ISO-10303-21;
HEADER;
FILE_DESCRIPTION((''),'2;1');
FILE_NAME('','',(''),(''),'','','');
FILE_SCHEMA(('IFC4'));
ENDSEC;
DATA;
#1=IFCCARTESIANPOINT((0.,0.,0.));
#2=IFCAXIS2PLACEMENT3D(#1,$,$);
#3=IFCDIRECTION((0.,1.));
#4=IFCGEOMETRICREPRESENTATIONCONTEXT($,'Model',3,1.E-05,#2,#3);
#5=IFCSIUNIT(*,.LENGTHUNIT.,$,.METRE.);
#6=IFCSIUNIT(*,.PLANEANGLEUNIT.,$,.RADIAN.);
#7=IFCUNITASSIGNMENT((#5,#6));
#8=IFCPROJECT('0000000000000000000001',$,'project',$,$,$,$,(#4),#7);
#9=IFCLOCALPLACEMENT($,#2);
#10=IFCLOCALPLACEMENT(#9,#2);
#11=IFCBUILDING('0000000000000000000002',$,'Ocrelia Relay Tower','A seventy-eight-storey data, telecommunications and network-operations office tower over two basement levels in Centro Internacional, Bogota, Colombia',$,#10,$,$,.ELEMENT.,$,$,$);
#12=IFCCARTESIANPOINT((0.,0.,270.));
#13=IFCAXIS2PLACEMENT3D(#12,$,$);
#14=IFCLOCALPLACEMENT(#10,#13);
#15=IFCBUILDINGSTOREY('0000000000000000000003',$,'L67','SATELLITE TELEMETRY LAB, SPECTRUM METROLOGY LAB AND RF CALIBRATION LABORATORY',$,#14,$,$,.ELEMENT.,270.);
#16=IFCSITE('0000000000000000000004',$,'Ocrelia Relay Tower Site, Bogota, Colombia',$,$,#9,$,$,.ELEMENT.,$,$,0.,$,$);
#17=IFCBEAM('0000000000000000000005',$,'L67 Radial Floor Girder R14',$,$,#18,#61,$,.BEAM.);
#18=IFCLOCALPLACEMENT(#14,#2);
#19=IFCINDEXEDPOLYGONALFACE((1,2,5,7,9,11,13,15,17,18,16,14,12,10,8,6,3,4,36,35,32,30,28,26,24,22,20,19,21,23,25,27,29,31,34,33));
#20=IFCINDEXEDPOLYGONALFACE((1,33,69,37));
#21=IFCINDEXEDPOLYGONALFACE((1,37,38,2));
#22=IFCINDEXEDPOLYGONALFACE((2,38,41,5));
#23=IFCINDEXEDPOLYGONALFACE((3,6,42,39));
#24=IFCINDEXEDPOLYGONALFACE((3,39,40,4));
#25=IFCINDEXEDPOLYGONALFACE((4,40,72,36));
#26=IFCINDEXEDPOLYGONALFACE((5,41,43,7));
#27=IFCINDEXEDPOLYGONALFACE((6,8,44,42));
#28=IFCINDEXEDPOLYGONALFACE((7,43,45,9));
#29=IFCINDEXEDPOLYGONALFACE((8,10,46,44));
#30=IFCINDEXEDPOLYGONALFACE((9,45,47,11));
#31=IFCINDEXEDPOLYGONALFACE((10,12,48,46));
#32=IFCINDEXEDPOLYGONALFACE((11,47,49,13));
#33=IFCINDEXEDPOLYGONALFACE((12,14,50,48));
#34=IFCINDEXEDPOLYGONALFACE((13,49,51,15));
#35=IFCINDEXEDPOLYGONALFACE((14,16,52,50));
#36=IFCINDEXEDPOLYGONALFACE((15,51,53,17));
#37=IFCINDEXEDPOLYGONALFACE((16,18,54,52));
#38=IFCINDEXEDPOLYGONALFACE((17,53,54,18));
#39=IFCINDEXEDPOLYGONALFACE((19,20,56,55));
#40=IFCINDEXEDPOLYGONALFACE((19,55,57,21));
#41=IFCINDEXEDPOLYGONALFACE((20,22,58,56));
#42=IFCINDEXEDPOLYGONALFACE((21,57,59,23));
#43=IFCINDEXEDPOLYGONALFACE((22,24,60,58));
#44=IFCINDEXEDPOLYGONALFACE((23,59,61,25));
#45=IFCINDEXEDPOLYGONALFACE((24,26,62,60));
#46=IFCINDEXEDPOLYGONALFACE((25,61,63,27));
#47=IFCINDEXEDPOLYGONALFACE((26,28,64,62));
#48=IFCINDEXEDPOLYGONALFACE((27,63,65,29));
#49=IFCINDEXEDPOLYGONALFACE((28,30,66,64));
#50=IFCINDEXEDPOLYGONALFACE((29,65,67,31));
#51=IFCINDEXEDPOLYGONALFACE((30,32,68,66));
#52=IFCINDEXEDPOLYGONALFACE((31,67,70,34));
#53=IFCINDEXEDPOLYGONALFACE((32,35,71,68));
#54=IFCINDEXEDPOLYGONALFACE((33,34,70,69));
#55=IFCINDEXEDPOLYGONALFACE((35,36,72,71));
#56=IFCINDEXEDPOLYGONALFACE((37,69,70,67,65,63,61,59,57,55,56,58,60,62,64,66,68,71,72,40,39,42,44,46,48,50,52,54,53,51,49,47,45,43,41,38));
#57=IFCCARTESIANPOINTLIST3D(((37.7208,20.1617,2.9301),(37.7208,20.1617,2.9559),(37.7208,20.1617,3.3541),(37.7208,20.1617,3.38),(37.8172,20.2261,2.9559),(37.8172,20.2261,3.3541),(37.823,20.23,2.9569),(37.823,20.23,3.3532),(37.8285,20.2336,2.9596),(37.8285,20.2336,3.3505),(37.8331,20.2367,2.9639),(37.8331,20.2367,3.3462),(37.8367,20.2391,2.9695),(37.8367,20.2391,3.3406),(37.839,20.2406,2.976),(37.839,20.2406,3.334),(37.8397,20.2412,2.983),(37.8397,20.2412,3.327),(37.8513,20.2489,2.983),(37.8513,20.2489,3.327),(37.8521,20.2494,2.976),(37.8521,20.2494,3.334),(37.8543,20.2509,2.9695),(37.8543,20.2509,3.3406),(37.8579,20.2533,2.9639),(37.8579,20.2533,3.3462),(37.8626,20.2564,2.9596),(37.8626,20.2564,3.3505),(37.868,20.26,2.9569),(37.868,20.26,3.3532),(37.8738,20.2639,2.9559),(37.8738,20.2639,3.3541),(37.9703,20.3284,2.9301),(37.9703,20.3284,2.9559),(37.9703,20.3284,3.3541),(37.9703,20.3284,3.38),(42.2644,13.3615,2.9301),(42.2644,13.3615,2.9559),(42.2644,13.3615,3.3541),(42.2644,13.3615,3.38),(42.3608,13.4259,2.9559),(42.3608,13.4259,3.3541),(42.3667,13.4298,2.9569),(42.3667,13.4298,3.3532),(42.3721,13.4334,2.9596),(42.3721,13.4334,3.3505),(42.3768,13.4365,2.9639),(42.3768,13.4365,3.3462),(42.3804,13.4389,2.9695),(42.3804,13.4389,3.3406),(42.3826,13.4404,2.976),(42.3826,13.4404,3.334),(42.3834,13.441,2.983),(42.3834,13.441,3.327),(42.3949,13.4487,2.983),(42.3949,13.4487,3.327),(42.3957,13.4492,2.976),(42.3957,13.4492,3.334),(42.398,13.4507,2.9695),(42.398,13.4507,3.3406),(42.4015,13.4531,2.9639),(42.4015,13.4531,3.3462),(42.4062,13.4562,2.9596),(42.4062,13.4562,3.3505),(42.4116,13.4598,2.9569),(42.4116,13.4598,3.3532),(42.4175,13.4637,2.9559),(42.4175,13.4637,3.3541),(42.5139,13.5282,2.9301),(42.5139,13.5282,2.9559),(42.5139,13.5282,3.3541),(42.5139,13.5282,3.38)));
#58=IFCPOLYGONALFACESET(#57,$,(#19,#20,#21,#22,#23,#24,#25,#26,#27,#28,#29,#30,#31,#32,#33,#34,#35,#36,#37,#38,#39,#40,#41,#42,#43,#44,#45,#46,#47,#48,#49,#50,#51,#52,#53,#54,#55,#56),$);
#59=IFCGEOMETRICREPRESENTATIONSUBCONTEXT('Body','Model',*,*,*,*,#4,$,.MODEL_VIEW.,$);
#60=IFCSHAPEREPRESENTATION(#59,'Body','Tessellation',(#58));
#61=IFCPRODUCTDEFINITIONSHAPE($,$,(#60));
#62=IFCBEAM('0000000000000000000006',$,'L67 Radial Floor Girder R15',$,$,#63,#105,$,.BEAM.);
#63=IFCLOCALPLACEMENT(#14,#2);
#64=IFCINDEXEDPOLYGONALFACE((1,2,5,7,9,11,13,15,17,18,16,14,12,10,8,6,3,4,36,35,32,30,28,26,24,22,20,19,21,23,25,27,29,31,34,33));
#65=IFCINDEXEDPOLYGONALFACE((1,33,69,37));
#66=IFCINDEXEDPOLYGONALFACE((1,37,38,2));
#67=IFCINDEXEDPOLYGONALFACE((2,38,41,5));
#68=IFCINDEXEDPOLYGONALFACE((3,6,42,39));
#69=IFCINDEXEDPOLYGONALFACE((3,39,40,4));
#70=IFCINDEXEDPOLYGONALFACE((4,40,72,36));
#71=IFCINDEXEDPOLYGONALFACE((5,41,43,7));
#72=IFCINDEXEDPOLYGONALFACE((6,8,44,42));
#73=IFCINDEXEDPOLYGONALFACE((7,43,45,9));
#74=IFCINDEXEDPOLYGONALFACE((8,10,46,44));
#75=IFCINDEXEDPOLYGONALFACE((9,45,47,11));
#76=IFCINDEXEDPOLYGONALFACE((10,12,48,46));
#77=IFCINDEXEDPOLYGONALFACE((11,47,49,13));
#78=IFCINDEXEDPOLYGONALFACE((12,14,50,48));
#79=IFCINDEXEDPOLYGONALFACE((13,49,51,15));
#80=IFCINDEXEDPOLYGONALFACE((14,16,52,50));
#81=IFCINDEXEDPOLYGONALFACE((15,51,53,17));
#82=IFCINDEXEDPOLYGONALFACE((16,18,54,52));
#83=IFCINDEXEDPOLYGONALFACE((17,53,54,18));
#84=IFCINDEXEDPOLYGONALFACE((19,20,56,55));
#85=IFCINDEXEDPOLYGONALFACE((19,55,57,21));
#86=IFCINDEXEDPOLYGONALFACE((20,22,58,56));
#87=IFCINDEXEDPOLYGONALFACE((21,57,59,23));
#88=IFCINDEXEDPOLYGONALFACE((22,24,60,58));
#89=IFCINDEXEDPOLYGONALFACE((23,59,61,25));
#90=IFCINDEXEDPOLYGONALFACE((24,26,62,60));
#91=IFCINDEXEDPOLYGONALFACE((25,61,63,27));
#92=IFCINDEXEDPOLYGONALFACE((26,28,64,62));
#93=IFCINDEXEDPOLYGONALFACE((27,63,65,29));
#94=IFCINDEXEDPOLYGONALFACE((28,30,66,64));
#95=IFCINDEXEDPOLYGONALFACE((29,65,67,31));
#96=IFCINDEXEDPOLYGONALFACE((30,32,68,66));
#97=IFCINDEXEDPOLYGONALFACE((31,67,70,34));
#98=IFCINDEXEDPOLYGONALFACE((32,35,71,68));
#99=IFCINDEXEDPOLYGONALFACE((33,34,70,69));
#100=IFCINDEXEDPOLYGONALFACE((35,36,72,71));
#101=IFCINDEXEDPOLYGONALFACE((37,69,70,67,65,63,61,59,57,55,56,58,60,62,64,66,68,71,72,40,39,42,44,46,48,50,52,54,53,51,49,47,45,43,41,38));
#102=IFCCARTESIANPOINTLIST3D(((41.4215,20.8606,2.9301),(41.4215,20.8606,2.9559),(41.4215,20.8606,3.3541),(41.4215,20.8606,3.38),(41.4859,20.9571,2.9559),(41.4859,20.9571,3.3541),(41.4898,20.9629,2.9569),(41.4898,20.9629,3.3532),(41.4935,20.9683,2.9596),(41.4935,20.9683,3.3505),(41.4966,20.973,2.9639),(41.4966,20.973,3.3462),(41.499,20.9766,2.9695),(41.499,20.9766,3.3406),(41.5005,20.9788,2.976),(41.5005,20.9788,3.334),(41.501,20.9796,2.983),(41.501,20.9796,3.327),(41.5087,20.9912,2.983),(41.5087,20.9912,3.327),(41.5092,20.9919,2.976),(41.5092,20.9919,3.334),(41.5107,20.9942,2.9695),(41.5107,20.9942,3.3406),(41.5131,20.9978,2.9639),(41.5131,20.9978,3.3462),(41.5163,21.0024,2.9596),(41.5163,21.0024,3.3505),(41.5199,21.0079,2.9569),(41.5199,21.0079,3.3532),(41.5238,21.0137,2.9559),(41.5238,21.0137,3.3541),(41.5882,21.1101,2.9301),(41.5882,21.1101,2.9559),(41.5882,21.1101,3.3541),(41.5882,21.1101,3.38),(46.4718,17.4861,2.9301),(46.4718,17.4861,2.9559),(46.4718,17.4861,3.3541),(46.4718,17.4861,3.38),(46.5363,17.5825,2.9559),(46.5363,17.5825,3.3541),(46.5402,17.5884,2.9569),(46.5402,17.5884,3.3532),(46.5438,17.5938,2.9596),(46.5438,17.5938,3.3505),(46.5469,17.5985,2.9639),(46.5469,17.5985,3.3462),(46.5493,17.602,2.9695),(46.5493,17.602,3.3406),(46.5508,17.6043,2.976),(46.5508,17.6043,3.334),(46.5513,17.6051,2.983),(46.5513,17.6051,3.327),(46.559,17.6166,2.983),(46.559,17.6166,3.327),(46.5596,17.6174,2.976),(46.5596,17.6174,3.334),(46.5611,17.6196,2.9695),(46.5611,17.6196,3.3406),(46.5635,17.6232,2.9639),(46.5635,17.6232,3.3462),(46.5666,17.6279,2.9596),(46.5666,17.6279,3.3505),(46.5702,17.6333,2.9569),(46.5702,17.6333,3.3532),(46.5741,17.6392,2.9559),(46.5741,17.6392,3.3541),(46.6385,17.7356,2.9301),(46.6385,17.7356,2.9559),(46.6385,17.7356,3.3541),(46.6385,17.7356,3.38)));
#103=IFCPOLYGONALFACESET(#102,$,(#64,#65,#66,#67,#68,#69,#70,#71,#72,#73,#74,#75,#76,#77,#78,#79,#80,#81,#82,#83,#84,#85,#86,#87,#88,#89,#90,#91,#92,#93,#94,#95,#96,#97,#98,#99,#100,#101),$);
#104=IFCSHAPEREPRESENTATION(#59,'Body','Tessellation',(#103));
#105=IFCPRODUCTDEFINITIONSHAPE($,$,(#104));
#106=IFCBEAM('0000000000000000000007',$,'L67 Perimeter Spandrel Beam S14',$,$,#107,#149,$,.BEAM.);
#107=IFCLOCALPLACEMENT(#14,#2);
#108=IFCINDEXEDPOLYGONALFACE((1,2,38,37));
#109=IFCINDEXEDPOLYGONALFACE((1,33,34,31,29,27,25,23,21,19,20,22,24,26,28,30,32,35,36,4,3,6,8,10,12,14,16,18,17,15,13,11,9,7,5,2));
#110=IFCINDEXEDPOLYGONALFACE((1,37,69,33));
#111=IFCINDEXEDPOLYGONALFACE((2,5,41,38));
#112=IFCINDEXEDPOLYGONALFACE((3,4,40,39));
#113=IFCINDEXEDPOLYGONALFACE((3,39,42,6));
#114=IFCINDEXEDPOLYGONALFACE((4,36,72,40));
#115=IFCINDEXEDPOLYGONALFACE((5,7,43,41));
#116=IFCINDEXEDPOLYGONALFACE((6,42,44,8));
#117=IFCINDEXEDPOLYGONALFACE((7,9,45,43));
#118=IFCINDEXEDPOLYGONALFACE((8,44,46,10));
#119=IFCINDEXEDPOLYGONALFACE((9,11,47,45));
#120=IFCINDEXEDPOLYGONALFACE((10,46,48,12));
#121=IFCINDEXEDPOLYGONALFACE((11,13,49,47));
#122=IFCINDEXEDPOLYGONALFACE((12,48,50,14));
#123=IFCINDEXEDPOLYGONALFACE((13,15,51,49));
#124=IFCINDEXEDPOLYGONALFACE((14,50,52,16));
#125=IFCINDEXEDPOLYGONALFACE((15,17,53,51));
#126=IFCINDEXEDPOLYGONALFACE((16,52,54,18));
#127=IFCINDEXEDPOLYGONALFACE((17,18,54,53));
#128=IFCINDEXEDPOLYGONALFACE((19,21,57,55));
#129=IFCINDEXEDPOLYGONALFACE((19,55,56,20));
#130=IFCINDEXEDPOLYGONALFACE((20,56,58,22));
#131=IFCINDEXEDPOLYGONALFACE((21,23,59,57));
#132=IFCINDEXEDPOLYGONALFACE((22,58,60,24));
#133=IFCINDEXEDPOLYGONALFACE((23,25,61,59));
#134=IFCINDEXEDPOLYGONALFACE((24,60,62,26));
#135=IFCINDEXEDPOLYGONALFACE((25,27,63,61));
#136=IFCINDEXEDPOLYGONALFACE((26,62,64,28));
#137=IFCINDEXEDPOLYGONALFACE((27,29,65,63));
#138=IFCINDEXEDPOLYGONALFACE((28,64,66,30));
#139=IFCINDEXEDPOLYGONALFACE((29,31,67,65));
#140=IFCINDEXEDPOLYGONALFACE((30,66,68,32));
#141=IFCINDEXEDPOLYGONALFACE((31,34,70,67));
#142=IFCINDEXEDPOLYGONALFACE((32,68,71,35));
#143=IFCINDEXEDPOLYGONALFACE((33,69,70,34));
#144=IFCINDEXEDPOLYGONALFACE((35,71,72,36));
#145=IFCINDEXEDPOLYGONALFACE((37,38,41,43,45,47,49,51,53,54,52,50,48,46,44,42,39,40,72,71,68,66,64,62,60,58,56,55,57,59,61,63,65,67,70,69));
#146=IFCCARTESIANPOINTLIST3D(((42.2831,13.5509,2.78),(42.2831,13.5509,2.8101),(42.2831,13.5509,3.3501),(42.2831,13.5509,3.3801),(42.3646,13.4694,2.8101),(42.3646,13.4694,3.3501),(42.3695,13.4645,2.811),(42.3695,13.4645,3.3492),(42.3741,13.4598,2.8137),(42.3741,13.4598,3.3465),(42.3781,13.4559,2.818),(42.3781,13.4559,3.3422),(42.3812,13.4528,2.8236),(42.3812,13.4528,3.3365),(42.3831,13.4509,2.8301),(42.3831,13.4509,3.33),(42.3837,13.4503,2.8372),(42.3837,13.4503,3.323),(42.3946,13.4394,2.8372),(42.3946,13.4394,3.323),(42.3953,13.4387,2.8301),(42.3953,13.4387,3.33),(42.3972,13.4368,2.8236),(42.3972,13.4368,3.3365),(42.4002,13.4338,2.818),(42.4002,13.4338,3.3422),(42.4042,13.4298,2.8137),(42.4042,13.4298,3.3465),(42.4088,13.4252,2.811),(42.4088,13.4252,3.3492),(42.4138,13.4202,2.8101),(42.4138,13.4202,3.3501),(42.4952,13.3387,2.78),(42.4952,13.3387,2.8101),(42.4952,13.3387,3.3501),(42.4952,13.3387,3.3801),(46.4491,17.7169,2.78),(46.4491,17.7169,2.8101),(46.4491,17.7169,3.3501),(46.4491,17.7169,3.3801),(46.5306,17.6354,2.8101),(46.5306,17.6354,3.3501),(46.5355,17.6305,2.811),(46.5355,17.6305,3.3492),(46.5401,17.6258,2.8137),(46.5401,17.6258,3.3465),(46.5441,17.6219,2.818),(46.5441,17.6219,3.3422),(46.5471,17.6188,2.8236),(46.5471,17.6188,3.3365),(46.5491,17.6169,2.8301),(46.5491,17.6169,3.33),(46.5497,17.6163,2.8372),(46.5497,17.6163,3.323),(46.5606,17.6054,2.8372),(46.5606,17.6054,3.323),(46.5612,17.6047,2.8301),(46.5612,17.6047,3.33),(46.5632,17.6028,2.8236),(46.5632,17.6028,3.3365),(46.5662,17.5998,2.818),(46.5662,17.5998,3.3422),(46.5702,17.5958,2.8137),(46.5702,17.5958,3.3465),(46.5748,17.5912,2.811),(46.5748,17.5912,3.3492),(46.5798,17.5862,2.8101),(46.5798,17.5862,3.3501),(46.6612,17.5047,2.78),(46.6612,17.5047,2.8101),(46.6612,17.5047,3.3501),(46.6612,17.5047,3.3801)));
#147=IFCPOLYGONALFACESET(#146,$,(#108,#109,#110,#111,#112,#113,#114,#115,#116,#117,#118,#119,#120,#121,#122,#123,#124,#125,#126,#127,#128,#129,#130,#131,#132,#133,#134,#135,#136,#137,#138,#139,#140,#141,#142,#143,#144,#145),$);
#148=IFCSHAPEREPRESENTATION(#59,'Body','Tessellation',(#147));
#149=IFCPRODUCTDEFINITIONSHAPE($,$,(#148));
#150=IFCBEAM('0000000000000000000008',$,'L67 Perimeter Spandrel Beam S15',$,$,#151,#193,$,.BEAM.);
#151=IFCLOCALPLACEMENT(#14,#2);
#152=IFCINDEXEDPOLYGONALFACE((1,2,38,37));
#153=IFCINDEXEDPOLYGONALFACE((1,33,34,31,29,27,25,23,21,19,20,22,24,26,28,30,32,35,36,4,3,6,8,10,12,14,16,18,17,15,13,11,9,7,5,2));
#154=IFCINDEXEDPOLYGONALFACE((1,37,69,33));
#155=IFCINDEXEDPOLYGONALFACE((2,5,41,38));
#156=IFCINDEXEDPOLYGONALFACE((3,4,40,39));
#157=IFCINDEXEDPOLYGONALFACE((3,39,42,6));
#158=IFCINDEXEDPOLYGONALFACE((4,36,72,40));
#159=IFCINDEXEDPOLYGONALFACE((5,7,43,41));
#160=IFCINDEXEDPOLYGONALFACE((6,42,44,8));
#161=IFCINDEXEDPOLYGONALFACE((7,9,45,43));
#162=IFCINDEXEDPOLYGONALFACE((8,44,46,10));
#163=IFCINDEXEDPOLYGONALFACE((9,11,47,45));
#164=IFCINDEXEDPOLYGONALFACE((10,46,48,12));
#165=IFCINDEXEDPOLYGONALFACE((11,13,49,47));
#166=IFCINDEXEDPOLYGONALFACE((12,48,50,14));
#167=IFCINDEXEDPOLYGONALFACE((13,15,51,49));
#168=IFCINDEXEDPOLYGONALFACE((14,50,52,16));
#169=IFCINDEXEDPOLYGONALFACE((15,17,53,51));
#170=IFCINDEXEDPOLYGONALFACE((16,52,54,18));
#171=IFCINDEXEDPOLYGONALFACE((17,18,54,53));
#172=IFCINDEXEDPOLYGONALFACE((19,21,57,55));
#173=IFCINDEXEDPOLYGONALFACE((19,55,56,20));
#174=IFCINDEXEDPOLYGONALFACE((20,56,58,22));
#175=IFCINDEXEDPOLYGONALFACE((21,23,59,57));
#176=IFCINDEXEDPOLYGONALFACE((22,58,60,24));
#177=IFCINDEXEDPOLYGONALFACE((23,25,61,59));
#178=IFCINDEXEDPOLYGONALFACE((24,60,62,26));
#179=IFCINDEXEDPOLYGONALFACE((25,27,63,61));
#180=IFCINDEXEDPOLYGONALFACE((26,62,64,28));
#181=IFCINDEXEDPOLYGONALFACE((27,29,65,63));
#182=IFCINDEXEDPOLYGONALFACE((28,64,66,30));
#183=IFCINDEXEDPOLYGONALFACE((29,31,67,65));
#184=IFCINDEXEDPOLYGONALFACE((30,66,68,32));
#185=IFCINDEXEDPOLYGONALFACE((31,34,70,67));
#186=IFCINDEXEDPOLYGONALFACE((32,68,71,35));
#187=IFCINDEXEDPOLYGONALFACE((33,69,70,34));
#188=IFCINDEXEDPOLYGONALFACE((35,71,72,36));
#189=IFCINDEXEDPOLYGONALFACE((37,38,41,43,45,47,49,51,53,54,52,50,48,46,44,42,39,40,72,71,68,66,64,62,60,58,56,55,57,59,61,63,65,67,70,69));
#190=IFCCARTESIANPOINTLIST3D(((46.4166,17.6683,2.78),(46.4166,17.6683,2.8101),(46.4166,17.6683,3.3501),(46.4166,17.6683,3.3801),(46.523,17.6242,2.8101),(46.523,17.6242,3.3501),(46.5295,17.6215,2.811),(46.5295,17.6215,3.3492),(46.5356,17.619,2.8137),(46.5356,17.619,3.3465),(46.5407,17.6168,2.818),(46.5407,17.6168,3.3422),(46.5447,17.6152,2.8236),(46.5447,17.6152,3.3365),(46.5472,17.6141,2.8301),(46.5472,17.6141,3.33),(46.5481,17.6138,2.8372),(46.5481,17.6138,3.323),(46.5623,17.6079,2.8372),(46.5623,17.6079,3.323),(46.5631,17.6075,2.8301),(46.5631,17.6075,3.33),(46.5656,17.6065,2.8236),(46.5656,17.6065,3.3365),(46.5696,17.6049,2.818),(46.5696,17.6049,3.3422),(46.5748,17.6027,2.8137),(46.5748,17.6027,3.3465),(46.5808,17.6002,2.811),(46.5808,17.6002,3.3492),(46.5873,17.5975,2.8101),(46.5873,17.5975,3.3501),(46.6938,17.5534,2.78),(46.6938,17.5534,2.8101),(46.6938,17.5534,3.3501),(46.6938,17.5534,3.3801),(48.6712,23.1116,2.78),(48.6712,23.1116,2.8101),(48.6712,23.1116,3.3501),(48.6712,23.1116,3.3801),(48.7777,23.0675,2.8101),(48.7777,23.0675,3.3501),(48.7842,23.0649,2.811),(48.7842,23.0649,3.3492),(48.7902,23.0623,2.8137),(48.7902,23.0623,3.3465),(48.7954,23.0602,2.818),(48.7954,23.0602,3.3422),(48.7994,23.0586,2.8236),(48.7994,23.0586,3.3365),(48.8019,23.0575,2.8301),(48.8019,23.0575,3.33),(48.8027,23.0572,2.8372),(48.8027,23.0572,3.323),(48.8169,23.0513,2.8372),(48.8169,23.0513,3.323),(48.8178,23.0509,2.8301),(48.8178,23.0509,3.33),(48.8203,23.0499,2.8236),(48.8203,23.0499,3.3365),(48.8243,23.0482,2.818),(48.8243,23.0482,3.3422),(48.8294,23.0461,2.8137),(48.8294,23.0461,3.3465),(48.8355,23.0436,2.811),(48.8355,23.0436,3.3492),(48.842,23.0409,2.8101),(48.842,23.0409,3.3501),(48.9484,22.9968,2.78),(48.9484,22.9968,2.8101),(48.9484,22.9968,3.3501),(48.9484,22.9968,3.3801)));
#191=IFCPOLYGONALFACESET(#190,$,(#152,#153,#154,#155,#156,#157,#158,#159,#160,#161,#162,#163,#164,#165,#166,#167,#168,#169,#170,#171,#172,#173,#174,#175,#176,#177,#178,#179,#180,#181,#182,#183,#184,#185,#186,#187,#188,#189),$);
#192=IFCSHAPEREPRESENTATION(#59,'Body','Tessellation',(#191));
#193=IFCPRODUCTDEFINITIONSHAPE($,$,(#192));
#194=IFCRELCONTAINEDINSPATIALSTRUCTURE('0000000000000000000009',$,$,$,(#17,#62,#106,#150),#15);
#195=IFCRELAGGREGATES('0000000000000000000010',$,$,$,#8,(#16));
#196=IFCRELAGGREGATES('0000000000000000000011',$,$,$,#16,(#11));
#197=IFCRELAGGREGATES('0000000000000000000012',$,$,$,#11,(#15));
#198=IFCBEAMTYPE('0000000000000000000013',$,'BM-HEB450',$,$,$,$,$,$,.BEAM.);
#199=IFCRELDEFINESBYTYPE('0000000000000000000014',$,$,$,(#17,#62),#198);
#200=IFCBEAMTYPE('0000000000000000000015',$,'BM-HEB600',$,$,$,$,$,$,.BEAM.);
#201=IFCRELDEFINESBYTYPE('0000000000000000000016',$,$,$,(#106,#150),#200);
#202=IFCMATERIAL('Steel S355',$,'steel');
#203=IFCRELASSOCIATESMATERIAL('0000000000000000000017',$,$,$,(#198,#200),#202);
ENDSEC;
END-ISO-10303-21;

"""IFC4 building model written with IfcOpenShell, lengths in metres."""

from ifc_helpers import new_model, si_unit, direction, frame, origin, origin_2d, place, context, subcontext, project, spatial, i_section, extrude, material, material_profile, profile_set, type_object, element, save


model = new_model("IFC4")

# Units and contexts
model_context = context("Model", 3, precision=1e-05, world=origin(), true_north=direction((0.0, 1.0)))
body_context = subcontext(model_context, "Body", "Model", "MODEL_VIEW")
ifc_project = project(units=[si_unit("LENGTHUNIT", "METRE"), si_unit("PLANEANGLEUNIT", "RADIAN")], contexts=[model_context])

# Site, building, storey
site_placement = place(None, origin())
site = spatial("IfcSite", under=ifc_project, at=site_placement, Name="Ocrelia Relay Tower Site, Bogota, Colombia", CompositionType="ELEMENT", RefElevation=0.0)
building_placement = place(site_placement, origin())
building = spatial("IfcBuilding", under=site, at=building_placement, Name="Ocrelia Relay Tower", Description="A seventy-eight-storey data, telecommunications and network-operations office tower over two basement levels in Centro Internacional, Bogota, Colombia", CompositionType="ELEMENT")
storey_placement = place(building_placement, frame((0.0, 0.0, 270.0)))
storey = spatial("IfcBuildingStorey", under=building, at=storey_placement, Name="L67", Description="SATELLITE TELEMETRY LAB, SPECTRUM METROLOGY LAB AND RF CALIBRATION LABORATORY", CompositionType="ELEMENT", Elevation=270.0)

# Beams
ifc_material_1 = material(Name="Steel S355", Category="steel")
ifc_material_profile_1 = material_profile(ifc_material_1, i_section(OverallWidth=0.3, OverallDepth=0.45, WebThickness=0.0139, FlangeThickness=0.0259, FilletRadius=0.0271, at=origin_2d()), Name="HEB 450")
ifc_profile_set_1 = profile_set([ifc_material_profile_1], Name="Steel S355")
beam_type_1 = type_object("IfcBeamType", Name="BM-HEB450", PredefinedType="BEAM", material=ifc_profile_set_1)
beam_1_placement = place(storey_placement, frame((42.3892, 13.4448, 3.155), z_axis=(-0.555561, 0.831476, 0.0), x_axis=(-0.831476, -0.555561, 0.0)))
element("IfcBeam", 1, at=beam_1_placement, inside=storey, type_object=beam_type_1, Name="L67 Radial Floor Girder R14", PredefinedType="BEAM", context=body_context, shape_type="SweptSolid", body=[
    extrude(i_section(OverallWidth=0.3, OverallDepth=0.45, WebThickness=0.0139, FlangeThickness=0.0259, FilletRadius=0.0271, at=origin_2d()), origin(), (0.0, 0.0, 1.0), 8.1785),
])
beam_2_placement = place(storey_placement, frame((46.5552, 17.6108, 3.155), z_axis=(-0.831469, 0.555572, 0.0), x_axis=(-0.555572, -0.831469, 0.0)))
element("IfcBeam", 2, at=beam_2_placement, inside=storey, type_object=beam_type_1, Name="L67 Radial Floor Girder R15", PredefinedType="BEAM", context=body_context, shape_type="SweptSolid", body=[
    extrude(i_section(OverallWidth=0.3, OverallDepth=0.45, WebThickness=0.0139, FlangeThickness=0.0259, FilletRadius=0.0271, at=origin_2d()), origin(), (0.0, 0.0, 1.0), 6.074),
])
ifc_material_profile_2 = material_profile(ifc_material_1, i_section(OverallWidth=0.3, OverallDepth=0.6001, WebThickness=0.0154, FlangeThickness=0.03, FilletRadius=0.0271, at=origin_2d()), Name="HEB 600")
ifc_profile_set_2 = profile_set([ifc_material_profile_2], Name="Steel S355")
beam_type_2 = type_object("IfcBeamType", Name="BM-HEB600", PredefinedType="BEAM", material=ifc_profile_set_2)
beam_3_placement = place(storey_placement, frame((42.3892, 13.4448, 3.0801), z_axis=(0.707107, 0.707107, 0.0), x_axis=(-0.707107, 0.707107, 0.0)))
element("IfcBeam", 3, at=beam_3_placement, inside=storey, type_object=beam_type_2, Name="L67 Perimeter Spandrel Beam S14", PredefinedType="BEAM", context=body_context, shape_type="SweptSolid", body=[
    extrude(i_section(OverallWidth=0.3, OverallDepth=0.6001, WebThickness=0.0154, FlangeThickness=0.03, FilletRadius=0.0271, at=origin_2d()), origin(), (0.0, 0.0, 1.0), 5.8916),
])
beam_4_placement = place(storey_placement, frame((46.5552, 17.6108, 3.0801), z_axis=(0.382673, 0.923884, 0.0), x_axis=(-0.923884, 0.382673, 0.0)))
element("IfcBeam", 4, at=beam_4_placement, inside=storey, type_object=beam_type_2, Name="L67 Perimeter Spandrel Beam S15", PredefinedType="BEAM", context=body_context, shape_type="SweptSolid", body=[
    extrude(i_section(OverallWidth=0.3, OverallDepth=0.6001, WebThickness=0.0154, FlangeThickness=0.03, FilletRadius=0.0271, at=origin_2d()), origin(), (0.0, 0.0, 1.0), 5.8918),
])

save(model, "model.ifc")
